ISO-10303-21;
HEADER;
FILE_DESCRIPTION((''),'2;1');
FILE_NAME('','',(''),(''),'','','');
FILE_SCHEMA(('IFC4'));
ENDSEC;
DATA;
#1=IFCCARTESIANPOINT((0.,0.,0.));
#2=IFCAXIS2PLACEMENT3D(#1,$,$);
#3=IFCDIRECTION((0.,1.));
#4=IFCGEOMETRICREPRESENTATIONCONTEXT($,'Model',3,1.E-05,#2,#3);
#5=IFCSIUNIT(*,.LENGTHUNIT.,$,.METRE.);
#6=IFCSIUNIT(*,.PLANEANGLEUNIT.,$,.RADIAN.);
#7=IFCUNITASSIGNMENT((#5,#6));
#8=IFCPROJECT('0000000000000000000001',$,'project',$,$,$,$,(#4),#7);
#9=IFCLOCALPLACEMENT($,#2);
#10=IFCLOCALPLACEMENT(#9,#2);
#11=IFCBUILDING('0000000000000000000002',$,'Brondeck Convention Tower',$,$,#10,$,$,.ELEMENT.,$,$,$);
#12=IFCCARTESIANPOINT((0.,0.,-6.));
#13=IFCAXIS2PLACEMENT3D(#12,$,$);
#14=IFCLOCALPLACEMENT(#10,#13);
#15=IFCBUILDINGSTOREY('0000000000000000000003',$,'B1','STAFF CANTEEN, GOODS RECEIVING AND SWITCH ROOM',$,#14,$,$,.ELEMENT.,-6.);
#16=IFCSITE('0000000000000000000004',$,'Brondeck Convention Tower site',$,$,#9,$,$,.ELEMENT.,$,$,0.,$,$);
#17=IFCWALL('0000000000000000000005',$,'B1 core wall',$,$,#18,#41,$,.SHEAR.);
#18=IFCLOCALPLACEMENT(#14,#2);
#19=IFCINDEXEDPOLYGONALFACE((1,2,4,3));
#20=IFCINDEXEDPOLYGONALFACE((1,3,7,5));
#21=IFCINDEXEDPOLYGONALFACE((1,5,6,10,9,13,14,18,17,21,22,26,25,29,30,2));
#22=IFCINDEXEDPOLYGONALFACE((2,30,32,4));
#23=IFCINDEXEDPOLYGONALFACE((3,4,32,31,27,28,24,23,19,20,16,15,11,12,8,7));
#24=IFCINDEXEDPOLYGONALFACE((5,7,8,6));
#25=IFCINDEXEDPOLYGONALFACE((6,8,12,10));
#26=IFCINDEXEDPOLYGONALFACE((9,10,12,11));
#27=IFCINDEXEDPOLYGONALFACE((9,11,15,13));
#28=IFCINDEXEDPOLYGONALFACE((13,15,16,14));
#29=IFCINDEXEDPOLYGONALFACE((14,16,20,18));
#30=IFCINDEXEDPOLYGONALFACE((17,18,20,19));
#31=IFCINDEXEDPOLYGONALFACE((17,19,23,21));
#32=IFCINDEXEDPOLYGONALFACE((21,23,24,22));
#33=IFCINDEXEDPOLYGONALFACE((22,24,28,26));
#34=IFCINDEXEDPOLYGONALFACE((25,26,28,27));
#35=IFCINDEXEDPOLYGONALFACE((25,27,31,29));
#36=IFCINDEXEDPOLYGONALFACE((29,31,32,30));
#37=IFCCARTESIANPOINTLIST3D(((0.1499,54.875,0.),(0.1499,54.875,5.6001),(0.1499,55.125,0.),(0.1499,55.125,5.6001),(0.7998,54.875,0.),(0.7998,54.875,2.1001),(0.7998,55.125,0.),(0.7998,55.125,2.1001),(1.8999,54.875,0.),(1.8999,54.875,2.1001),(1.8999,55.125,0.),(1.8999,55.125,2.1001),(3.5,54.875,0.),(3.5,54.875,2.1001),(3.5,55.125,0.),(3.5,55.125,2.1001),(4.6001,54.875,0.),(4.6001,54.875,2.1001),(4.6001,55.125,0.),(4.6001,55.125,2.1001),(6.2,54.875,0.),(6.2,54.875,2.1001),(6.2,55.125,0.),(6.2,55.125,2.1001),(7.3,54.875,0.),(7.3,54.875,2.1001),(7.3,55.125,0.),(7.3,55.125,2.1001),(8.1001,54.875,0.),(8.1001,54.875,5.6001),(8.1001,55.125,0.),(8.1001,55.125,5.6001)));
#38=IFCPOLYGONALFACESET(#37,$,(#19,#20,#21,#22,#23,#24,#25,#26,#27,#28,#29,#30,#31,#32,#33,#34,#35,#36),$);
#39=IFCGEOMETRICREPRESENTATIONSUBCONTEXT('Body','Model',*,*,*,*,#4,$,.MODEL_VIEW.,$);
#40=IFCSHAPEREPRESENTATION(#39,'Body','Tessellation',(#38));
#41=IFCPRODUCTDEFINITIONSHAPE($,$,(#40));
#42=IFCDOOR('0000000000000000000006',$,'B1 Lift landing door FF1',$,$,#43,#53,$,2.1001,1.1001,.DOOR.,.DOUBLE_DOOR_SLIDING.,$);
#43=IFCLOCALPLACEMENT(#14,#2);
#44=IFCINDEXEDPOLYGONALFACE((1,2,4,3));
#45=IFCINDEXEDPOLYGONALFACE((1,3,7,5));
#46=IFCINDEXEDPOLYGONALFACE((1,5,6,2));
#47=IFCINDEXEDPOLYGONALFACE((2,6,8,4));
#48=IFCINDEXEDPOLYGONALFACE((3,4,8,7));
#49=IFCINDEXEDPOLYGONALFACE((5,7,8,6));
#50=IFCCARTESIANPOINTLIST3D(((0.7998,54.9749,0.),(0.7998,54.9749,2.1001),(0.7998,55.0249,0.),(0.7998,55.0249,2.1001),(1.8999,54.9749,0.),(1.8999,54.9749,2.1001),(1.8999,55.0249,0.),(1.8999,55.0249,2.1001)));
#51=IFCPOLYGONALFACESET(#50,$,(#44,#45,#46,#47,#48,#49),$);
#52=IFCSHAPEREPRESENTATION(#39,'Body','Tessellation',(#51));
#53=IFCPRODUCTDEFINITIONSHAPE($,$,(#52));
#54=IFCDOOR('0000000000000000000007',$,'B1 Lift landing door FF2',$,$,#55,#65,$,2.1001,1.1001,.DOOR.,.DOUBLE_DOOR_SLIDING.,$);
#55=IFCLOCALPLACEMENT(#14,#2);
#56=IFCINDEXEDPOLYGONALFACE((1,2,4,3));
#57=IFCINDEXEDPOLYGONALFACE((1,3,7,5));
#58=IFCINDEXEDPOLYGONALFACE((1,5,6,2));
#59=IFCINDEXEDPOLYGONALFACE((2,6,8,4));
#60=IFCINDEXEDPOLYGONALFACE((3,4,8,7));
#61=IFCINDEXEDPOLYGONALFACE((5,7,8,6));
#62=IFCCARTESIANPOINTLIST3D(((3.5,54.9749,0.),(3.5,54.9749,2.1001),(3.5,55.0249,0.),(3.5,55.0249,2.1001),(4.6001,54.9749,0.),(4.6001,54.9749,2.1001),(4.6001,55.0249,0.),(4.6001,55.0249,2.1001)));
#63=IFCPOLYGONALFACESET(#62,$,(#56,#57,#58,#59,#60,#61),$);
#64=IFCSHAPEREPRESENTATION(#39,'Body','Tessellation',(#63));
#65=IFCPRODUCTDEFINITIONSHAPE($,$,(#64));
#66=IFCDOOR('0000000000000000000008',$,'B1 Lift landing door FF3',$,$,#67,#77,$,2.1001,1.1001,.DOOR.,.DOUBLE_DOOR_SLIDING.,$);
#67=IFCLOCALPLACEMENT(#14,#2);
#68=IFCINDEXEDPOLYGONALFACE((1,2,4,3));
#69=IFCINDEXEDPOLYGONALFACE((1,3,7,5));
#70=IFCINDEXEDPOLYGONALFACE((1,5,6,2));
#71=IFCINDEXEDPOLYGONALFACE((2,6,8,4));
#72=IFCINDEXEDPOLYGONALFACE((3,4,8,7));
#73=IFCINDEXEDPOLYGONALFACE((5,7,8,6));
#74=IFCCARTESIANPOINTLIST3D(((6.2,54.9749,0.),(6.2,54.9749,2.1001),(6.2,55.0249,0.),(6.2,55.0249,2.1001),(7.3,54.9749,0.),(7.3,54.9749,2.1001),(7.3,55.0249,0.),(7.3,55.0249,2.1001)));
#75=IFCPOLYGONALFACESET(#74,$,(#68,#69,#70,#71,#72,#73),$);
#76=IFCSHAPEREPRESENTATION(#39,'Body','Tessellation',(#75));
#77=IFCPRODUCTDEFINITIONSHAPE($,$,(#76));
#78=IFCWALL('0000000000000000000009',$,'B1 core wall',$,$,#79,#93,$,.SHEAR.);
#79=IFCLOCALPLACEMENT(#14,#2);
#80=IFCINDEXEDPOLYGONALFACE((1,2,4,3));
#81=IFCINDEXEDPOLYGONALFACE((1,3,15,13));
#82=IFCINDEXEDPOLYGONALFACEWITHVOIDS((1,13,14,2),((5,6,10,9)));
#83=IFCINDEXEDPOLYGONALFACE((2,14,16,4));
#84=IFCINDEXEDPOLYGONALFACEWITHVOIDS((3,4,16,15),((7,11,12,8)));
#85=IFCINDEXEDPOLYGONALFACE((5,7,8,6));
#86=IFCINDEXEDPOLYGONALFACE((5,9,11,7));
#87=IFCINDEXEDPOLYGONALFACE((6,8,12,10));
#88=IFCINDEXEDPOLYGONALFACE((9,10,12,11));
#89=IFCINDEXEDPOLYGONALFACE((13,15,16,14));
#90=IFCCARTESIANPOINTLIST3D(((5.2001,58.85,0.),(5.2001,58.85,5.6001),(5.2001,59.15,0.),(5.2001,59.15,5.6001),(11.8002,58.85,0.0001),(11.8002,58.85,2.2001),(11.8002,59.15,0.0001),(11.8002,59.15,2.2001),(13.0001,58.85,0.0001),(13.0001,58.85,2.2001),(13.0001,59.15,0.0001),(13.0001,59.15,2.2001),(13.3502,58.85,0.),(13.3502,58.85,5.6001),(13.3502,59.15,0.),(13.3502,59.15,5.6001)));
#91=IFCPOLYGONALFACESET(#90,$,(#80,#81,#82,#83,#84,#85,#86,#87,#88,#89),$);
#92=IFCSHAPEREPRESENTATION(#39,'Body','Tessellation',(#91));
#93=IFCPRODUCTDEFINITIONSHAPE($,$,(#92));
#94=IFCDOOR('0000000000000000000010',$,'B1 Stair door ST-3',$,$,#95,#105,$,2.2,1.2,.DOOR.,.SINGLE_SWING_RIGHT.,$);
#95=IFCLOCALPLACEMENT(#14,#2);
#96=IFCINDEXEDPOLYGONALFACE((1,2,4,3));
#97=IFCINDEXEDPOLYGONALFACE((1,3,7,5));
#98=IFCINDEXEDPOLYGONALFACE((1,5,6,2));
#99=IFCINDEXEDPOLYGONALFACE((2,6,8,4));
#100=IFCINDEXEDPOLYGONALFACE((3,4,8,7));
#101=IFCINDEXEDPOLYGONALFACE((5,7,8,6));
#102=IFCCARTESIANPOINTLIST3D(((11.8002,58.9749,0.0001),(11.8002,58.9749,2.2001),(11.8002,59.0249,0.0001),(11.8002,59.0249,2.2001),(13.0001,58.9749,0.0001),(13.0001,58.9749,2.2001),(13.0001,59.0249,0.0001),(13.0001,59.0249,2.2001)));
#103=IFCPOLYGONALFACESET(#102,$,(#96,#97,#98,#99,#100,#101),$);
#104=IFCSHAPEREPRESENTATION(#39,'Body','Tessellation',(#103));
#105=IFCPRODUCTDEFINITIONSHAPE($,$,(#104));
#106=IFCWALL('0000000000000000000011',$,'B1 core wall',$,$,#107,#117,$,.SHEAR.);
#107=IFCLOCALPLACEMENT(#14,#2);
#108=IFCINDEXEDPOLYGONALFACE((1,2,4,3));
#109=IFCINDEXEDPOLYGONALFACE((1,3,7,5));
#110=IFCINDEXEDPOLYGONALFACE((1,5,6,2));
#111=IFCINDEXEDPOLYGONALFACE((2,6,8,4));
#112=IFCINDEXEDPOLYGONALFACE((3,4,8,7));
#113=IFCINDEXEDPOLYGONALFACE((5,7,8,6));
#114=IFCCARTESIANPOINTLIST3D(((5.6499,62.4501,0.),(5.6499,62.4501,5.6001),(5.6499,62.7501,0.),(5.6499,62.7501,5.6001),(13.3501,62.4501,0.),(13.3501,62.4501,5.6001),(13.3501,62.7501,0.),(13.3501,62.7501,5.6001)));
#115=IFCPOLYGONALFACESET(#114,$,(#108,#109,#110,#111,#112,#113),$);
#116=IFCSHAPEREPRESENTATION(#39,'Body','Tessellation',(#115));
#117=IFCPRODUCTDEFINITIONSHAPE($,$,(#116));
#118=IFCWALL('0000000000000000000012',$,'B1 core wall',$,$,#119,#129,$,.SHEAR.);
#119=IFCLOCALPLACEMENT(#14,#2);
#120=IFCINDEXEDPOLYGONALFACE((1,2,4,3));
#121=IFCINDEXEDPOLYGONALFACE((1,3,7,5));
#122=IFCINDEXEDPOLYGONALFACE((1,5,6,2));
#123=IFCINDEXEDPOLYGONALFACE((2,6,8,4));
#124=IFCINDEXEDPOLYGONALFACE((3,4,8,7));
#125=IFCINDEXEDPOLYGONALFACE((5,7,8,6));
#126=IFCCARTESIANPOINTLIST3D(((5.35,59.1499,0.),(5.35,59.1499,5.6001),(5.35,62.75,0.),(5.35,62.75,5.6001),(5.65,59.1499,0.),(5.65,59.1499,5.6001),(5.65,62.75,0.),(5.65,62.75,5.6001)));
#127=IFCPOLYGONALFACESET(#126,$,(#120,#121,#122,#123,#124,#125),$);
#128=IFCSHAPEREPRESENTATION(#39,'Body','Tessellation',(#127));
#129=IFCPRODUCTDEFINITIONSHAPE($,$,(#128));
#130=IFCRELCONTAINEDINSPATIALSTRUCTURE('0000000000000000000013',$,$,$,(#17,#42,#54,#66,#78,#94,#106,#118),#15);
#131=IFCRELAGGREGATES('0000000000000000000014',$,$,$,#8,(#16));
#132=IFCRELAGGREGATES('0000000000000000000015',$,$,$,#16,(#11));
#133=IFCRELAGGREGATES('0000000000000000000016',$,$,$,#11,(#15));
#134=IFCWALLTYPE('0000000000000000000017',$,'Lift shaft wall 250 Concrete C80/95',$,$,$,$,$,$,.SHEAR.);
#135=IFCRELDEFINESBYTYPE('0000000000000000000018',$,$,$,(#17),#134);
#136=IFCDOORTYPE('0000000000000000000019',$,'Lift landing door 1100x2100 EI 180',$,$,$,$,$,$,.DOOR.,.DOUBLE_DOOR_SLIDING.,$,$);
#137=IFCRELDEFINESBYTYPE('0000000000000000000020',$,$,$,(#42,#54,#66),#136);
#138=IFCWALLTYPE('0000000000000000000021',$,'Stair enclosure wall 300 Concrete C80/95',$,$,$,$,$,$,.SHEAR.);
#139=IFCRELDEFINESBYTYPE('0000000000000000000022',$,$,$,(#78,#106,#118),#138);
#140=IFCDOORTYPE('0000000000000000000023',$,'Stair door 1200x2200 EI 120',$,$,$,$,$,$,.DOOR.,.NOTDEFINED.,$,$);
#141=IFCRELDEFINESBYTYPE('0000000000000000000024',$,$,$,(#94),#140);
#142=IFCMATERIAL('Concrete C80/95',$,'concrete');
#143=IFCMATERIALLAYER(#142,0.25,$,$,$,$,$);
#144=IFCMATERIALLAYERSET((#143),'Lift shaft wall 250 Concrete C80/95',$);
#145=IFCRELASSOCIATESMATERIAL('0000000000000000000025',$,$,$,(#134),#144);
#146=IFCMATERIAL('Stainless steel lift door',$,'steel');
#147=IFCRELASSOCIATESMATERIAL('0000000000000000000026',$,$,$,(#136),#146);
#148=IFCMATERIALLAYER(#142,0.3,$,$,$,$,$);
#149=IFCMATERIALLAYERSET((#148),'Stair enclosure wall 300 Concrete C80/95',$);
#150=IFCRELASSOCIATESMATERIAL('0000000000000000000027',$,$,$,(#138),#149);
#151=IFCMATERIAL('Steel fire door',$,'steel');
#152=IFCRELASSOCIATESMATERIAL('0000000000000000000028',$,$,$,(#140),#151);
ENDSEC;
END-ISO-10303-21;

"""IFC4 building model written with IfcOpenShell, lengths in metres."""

from ifc_helpers import new_model, si_unit, direction, frame, frame_2d, origin, place, context, subcontext, project, spatial, rectangle, extrude, material, layer, layer_set, type_object, element, fill, save


model = new_model("IFC4")

# Units and contexts
model_context = context("Model", 3, precision=1e-05, world=origin(), true_north=direction((0.0, 1.0)))
body_context = subcontext(model_context, "Body", "Model", "MODEL_VIEW")
ifc_project = project(units=[si_unit("LENGTHUNIT", "METRE"), si_unit("PLANEANGLEUNIT", "RADIAN")], contexts=[model_context])

# Site, building, storey
site_placement = place(None, origin())
site = spatial("IfcSite", under=ifc_project, at=site_placement, Name="Brondeck Convention Tower site", CompositionType="ELEMENT", RefElevation=0.0)
building_placement = place(site_placement, origin())
building = spatial("IfcBuilding", under=site, at=building_placement, Name="Brondeck Convention Tower", CompositionType="ELEMENT")
storey_placement = place(building_placement, frame((0.0, 0.0, -6.0)))
storey = spatial("IfcBuildingStorey", under=building, at=storey_placement, Name="B1", Description="STAFF CANTEEN, GOODS RECEIVING AND SWITCH ROOM", CompositionType="ELEMENT", Elevation=-6.0)

# Shared definitions
ifc_material_1 = material(Name="Concrete C80/95", Category="concrete")

# Shared definitions
ifc_material_2 = material(Name="Steel fire door", Category="steel")

# Wall, openings, doors
ifc_layer_1 = layer(ifc_material_1, 0.25)
ifc_layer_set_1 = layer_set([ifc_layer_1], Name="Lift shaft wall 250 Concrete C80/95")
wall_type_1 = type_object("IfcWallType", Name="Lift shaft wall 250 Concrete C80/95", PredefinedType="SHEAR", material=ifc_layer_set_1)
wall_1_placement = place(storey_placement, frame((0.1499, 55.0, 0.0), z_axis=(0.0, 0.0, 1.0), x_axis=(1.0, 0.0, 0.0)))
wall_1 = element("IfcWall", 1, at=wall_1_placement, inside=storey, type_object=wall_type_1, Name="B1 core wall", PredefinedType="SHEAR", context=body_context, shape_type="SweptSolid", body=[
    extrude(rectangle(XDim=7.9502, YDim=0.25, at=frame_2d((3.9751, 0.0))), origin(), (0.0, 0.0, 1.0), 5.6001),
])
opening_1_placement = place(wall_1_placement, frame((0.6499, 0.0, 0.0)))
opening_1 = element("IfcOpeningElement", 2, at=opening_1_placement, cuts=wall_1, PredefinedType="OPENING", context=body_context, shape_type="SweptSolid", body=[
    extrude(rectangle(XDim=1.1001, YDim=2.1001, at=frame_2d((0.55, 1.05))), frame((0.0, 0.135, 0.0), z_axis=(0.0, -1.0, 0.0), x_axis=(1.0, 0.0, 0.0)), (0.0, 0.0, 1.0), 0.27),
])
opening_2_placement = place(wall_1_placement, frame((3.3501, 0.0, 0.0)))
opening_2 = element("IfcOpeningElement", 3, at=opening_2_placement, cuts=wall_1, PredefinedType="OPENING", context=body_context, shape_type="SweptSolid", body=[
    extrude(rectangle(XDim=1.1001, YDim=2.1001, at=frame_2d((0.55, 1.05))), frame((0.0, 0.135, 0.0), z_axis=(0.0, -1.0, 0.0), x_axis=(1.0, 0.0, 0.0)), (0.0, 0.0, 1.0), 0.27),
])
opening_3_placement = place(wall_1_placement, frame((6.05, 0.0, 0.0)))
opening_3 = element("IfcOpeningElement", 4, at=opening_3_placement, cuts=wall_1, PredefinedType="OPENING", context=body_context, shape_type="SweptSolid", body=[
    extrude(rectangle(XDim=1.1001, YDim=2.1001, at=frame_2d((0.55, 1.05))), frame((0.0, 0.135, 0.0), z_axis=(0.0, -1.0, 0.0), x_axis=(1.0, 0.0, 0.0)), (0.0, 0.0, 1.0), 0.27),
])
ifc_material_3 = material(Name="Stainless steel lift door", Category="steel")
door_type_1 = type_object("IfcDoorType", Name="Lift landing door 1100x2100 EI 180", OperationType="DOUBLE_DOOR_SLIDING", PredefinedType="DOOR", material=ifc_material_3)
door_1_placement = place(opening_1_placement, origin())
door_1 = element("IfcDoor", 5, at=door_1_placement, inside=storey, type_object=door_type_1, Name="B1 Lift landing door FF1", OperationType="DOUBLE_DOOR_SLIDING", OverallHeight=2.1001, OverallWidth=1.1001, PredefinedType="DOOR", context=body_context, shape_type="SweptSolid", body=[
    extrude(rectangle(XDim=1.1001, YDim=2.1001, at=frame_2d((0.55, 1.05))), frame((0.0, 0.0249, 0.0), z_axis=(0.0, -1.0, 0.0), x_axis=(1.0, 0.0, 0.0)), (0.0, 0.0, 1.0), 0.05),
])
fill(opening_1, door_1)
door_2_placement = place(opening_2_placement, origin())
door_2 = element("IfcDoor", 6, at=door_2_placement, inside=storey, type_object=door_type_1, Name="B1 Lift landing door FF2", OperationType="DOUBLE_DOOR_SLIDING", OverallHeight=2.1001, OverallWidth=1.1001, PredefinedType="DOOR", context=body_context, shape_type="SweptSolid", body=[
    extrude(rectangle(XDim=1.1001, YDim=2.1001, at=frame_2d((0.55, 1.05))), frame((0.0, 0.0249, 0.0), z_axis=(0.0, -1.0, 0.0), x_axis=(1.0, 0.0, 0.0)), (0.0, 0.0, 1.0), 0.05),
])
fill(opening_2, door_2)
door_3_placement = place(opening_3_placement, origin())
door_3 = element("IfcDoor", 7, at=door_3_placement, inside=storey, type_object=door_type_1, Name="B1 Lift landing door FF3", OperationType="DOUBLE_DOOR_SLIDING", OverallHeight=2.1001, OverallWidth=1.1001, PredefinedType="DOOR", context=body_context, shape_type="SweptSolid", body=[
    extrude(rectangle(XDim=1.1001, YDim=2.1001, at=frame_2d((0.55, 1.05))), frame((0.0, 0.0249, 0.0), z_axis=(0.0, -1.0, 0.0), x_axis=(1.0, 0.0, 0.0)), (0.0, 0.0, 1.0), 0.05),
])
fill(opening_3, door_3)

# Wall, opening, door
ifc_layer_2 = layer(ifc_material_1, 0.3)
ifc_layer_set_2 = layer_set([ifc_layer_2], Name="Stair enclosure wall 300 Concrete C80/95")
wall_type_2 = type_object("IfcWallType", Name="Stair enclosure wall 300 Concrete C80/95", PredefinedType="SHEAR", material=ifc_layer_set_2)
wall_2_placement = place(storey_placement, frame((5.2, 59.0, 0.0), z_axis=(0.0, 0.0, 1.0), x_axis=(1.0, 0.0, 0.0)))
wall_2 = element("IfcWall", 8, at=wall_2_placement, inside=storey, type_object=wall_type_2, Name="B1 core wall", PredefinedType="SHEAR", context=body_context, shape_type="SweptSolid", body=[
    extrude(rectangle(XDim=8.1501, YDim=0.3, at=frame_2d((4.0752, 0.0))), origin(), (0.0, 0.0, 1.0), 5.6001),
])
opening_4_placement = place(wall_2_placement, frame((6.6001, 0.0, 0.0)))
opening_4 = element("IfcOpeningElement", 9, at=opening_4_placement, cuts=wall_2, PredefinedType="OPENING", context=body_context, shape_type="SweptSolid", body=[
    extrude(rectangle(XDim=1.2, YDim=2.2, at=frame_2d((0.6001, 1.1001))), frame((0.0, 0.1599, 0.0), z_axis=(0.0, -1.0, 0.0), x_axis=(1.0, 0.0, 0.0)), (0.0, 0.0, 1.0), 0.3201),
])
door_type_2 = type_object("IfcDoorType", Name="Stair door 1200x2200 EI 120", OperationType="NOTDEFINED", PredefinedType="DOOR", material=ifc_material_2)
door_4_placement = place(opening_4_placement, origin())
door_4 = element("IfcDoor", 10, at=door_4_placement, inside=storey, type_object=door_type_2, Name="B1 Stair door ST-3", OperationType="SINGLE_SWING_RIGHT", OverallHeight=2.2, OverallWidth=1.2, PredefinedType="DOOR", context=body_context, shape_type="SweptSolid", body=[
    extrude(rectangle(XDim=1.2, YDim=2.2, at=frame_2d((0.6001, 1.1001))), frame((0.0, 0.0249, 0.0), z_axis=(0.0, -1.0, 0.0), x_axis=(1.0, 0.0, 0.0)), (0.0, 0.0, 1.0), 0.05),
])
fill(opening_4, door_4)

# Walls
wall_3_placement = place(storey_placement, frame((5.6499, 62.6001, 0.0), z_axis=(0.0, 0.0, 1.0), x_axis=(1.0, 0.0, 0.0)))
element("IfcWall", 11, at=wall_3_placement, inside=storey, type_object=wall_type_2, Name="B1 core wall", PredefinedType="SHEAR", context=body_context, shape_type="SweptSolid", body=[
    extrude(rectangle(XDim=7.7002, YDim=0.3, at=frame_2d((3.8501, 0.0))), origin(), (0.0, 0.0, 1.0), 5.6001),
])
wall_4_placement = place(storey_placement, frame((5.5, 59.1499, 0.0), z_axis=(0.0, 0.0, 1.0), x_axis=(0.0, 1.0, 0.0)))
element("IfcWall", 12, at=wall_4_placement, inside=storey, type_object=wall_type_2, Name="B1 core wall", PredefinedType="SHEAR", context=body_context, shape_type="SweptSolid", body=[
    extrude(rectangle(XDim=3.6001, YDim=0.3, at=frame_2d((1.8, 0.0))), origin(), (0.0, 0.0, 1.0), 5.6001),
])

save(model, "model.ifc")
